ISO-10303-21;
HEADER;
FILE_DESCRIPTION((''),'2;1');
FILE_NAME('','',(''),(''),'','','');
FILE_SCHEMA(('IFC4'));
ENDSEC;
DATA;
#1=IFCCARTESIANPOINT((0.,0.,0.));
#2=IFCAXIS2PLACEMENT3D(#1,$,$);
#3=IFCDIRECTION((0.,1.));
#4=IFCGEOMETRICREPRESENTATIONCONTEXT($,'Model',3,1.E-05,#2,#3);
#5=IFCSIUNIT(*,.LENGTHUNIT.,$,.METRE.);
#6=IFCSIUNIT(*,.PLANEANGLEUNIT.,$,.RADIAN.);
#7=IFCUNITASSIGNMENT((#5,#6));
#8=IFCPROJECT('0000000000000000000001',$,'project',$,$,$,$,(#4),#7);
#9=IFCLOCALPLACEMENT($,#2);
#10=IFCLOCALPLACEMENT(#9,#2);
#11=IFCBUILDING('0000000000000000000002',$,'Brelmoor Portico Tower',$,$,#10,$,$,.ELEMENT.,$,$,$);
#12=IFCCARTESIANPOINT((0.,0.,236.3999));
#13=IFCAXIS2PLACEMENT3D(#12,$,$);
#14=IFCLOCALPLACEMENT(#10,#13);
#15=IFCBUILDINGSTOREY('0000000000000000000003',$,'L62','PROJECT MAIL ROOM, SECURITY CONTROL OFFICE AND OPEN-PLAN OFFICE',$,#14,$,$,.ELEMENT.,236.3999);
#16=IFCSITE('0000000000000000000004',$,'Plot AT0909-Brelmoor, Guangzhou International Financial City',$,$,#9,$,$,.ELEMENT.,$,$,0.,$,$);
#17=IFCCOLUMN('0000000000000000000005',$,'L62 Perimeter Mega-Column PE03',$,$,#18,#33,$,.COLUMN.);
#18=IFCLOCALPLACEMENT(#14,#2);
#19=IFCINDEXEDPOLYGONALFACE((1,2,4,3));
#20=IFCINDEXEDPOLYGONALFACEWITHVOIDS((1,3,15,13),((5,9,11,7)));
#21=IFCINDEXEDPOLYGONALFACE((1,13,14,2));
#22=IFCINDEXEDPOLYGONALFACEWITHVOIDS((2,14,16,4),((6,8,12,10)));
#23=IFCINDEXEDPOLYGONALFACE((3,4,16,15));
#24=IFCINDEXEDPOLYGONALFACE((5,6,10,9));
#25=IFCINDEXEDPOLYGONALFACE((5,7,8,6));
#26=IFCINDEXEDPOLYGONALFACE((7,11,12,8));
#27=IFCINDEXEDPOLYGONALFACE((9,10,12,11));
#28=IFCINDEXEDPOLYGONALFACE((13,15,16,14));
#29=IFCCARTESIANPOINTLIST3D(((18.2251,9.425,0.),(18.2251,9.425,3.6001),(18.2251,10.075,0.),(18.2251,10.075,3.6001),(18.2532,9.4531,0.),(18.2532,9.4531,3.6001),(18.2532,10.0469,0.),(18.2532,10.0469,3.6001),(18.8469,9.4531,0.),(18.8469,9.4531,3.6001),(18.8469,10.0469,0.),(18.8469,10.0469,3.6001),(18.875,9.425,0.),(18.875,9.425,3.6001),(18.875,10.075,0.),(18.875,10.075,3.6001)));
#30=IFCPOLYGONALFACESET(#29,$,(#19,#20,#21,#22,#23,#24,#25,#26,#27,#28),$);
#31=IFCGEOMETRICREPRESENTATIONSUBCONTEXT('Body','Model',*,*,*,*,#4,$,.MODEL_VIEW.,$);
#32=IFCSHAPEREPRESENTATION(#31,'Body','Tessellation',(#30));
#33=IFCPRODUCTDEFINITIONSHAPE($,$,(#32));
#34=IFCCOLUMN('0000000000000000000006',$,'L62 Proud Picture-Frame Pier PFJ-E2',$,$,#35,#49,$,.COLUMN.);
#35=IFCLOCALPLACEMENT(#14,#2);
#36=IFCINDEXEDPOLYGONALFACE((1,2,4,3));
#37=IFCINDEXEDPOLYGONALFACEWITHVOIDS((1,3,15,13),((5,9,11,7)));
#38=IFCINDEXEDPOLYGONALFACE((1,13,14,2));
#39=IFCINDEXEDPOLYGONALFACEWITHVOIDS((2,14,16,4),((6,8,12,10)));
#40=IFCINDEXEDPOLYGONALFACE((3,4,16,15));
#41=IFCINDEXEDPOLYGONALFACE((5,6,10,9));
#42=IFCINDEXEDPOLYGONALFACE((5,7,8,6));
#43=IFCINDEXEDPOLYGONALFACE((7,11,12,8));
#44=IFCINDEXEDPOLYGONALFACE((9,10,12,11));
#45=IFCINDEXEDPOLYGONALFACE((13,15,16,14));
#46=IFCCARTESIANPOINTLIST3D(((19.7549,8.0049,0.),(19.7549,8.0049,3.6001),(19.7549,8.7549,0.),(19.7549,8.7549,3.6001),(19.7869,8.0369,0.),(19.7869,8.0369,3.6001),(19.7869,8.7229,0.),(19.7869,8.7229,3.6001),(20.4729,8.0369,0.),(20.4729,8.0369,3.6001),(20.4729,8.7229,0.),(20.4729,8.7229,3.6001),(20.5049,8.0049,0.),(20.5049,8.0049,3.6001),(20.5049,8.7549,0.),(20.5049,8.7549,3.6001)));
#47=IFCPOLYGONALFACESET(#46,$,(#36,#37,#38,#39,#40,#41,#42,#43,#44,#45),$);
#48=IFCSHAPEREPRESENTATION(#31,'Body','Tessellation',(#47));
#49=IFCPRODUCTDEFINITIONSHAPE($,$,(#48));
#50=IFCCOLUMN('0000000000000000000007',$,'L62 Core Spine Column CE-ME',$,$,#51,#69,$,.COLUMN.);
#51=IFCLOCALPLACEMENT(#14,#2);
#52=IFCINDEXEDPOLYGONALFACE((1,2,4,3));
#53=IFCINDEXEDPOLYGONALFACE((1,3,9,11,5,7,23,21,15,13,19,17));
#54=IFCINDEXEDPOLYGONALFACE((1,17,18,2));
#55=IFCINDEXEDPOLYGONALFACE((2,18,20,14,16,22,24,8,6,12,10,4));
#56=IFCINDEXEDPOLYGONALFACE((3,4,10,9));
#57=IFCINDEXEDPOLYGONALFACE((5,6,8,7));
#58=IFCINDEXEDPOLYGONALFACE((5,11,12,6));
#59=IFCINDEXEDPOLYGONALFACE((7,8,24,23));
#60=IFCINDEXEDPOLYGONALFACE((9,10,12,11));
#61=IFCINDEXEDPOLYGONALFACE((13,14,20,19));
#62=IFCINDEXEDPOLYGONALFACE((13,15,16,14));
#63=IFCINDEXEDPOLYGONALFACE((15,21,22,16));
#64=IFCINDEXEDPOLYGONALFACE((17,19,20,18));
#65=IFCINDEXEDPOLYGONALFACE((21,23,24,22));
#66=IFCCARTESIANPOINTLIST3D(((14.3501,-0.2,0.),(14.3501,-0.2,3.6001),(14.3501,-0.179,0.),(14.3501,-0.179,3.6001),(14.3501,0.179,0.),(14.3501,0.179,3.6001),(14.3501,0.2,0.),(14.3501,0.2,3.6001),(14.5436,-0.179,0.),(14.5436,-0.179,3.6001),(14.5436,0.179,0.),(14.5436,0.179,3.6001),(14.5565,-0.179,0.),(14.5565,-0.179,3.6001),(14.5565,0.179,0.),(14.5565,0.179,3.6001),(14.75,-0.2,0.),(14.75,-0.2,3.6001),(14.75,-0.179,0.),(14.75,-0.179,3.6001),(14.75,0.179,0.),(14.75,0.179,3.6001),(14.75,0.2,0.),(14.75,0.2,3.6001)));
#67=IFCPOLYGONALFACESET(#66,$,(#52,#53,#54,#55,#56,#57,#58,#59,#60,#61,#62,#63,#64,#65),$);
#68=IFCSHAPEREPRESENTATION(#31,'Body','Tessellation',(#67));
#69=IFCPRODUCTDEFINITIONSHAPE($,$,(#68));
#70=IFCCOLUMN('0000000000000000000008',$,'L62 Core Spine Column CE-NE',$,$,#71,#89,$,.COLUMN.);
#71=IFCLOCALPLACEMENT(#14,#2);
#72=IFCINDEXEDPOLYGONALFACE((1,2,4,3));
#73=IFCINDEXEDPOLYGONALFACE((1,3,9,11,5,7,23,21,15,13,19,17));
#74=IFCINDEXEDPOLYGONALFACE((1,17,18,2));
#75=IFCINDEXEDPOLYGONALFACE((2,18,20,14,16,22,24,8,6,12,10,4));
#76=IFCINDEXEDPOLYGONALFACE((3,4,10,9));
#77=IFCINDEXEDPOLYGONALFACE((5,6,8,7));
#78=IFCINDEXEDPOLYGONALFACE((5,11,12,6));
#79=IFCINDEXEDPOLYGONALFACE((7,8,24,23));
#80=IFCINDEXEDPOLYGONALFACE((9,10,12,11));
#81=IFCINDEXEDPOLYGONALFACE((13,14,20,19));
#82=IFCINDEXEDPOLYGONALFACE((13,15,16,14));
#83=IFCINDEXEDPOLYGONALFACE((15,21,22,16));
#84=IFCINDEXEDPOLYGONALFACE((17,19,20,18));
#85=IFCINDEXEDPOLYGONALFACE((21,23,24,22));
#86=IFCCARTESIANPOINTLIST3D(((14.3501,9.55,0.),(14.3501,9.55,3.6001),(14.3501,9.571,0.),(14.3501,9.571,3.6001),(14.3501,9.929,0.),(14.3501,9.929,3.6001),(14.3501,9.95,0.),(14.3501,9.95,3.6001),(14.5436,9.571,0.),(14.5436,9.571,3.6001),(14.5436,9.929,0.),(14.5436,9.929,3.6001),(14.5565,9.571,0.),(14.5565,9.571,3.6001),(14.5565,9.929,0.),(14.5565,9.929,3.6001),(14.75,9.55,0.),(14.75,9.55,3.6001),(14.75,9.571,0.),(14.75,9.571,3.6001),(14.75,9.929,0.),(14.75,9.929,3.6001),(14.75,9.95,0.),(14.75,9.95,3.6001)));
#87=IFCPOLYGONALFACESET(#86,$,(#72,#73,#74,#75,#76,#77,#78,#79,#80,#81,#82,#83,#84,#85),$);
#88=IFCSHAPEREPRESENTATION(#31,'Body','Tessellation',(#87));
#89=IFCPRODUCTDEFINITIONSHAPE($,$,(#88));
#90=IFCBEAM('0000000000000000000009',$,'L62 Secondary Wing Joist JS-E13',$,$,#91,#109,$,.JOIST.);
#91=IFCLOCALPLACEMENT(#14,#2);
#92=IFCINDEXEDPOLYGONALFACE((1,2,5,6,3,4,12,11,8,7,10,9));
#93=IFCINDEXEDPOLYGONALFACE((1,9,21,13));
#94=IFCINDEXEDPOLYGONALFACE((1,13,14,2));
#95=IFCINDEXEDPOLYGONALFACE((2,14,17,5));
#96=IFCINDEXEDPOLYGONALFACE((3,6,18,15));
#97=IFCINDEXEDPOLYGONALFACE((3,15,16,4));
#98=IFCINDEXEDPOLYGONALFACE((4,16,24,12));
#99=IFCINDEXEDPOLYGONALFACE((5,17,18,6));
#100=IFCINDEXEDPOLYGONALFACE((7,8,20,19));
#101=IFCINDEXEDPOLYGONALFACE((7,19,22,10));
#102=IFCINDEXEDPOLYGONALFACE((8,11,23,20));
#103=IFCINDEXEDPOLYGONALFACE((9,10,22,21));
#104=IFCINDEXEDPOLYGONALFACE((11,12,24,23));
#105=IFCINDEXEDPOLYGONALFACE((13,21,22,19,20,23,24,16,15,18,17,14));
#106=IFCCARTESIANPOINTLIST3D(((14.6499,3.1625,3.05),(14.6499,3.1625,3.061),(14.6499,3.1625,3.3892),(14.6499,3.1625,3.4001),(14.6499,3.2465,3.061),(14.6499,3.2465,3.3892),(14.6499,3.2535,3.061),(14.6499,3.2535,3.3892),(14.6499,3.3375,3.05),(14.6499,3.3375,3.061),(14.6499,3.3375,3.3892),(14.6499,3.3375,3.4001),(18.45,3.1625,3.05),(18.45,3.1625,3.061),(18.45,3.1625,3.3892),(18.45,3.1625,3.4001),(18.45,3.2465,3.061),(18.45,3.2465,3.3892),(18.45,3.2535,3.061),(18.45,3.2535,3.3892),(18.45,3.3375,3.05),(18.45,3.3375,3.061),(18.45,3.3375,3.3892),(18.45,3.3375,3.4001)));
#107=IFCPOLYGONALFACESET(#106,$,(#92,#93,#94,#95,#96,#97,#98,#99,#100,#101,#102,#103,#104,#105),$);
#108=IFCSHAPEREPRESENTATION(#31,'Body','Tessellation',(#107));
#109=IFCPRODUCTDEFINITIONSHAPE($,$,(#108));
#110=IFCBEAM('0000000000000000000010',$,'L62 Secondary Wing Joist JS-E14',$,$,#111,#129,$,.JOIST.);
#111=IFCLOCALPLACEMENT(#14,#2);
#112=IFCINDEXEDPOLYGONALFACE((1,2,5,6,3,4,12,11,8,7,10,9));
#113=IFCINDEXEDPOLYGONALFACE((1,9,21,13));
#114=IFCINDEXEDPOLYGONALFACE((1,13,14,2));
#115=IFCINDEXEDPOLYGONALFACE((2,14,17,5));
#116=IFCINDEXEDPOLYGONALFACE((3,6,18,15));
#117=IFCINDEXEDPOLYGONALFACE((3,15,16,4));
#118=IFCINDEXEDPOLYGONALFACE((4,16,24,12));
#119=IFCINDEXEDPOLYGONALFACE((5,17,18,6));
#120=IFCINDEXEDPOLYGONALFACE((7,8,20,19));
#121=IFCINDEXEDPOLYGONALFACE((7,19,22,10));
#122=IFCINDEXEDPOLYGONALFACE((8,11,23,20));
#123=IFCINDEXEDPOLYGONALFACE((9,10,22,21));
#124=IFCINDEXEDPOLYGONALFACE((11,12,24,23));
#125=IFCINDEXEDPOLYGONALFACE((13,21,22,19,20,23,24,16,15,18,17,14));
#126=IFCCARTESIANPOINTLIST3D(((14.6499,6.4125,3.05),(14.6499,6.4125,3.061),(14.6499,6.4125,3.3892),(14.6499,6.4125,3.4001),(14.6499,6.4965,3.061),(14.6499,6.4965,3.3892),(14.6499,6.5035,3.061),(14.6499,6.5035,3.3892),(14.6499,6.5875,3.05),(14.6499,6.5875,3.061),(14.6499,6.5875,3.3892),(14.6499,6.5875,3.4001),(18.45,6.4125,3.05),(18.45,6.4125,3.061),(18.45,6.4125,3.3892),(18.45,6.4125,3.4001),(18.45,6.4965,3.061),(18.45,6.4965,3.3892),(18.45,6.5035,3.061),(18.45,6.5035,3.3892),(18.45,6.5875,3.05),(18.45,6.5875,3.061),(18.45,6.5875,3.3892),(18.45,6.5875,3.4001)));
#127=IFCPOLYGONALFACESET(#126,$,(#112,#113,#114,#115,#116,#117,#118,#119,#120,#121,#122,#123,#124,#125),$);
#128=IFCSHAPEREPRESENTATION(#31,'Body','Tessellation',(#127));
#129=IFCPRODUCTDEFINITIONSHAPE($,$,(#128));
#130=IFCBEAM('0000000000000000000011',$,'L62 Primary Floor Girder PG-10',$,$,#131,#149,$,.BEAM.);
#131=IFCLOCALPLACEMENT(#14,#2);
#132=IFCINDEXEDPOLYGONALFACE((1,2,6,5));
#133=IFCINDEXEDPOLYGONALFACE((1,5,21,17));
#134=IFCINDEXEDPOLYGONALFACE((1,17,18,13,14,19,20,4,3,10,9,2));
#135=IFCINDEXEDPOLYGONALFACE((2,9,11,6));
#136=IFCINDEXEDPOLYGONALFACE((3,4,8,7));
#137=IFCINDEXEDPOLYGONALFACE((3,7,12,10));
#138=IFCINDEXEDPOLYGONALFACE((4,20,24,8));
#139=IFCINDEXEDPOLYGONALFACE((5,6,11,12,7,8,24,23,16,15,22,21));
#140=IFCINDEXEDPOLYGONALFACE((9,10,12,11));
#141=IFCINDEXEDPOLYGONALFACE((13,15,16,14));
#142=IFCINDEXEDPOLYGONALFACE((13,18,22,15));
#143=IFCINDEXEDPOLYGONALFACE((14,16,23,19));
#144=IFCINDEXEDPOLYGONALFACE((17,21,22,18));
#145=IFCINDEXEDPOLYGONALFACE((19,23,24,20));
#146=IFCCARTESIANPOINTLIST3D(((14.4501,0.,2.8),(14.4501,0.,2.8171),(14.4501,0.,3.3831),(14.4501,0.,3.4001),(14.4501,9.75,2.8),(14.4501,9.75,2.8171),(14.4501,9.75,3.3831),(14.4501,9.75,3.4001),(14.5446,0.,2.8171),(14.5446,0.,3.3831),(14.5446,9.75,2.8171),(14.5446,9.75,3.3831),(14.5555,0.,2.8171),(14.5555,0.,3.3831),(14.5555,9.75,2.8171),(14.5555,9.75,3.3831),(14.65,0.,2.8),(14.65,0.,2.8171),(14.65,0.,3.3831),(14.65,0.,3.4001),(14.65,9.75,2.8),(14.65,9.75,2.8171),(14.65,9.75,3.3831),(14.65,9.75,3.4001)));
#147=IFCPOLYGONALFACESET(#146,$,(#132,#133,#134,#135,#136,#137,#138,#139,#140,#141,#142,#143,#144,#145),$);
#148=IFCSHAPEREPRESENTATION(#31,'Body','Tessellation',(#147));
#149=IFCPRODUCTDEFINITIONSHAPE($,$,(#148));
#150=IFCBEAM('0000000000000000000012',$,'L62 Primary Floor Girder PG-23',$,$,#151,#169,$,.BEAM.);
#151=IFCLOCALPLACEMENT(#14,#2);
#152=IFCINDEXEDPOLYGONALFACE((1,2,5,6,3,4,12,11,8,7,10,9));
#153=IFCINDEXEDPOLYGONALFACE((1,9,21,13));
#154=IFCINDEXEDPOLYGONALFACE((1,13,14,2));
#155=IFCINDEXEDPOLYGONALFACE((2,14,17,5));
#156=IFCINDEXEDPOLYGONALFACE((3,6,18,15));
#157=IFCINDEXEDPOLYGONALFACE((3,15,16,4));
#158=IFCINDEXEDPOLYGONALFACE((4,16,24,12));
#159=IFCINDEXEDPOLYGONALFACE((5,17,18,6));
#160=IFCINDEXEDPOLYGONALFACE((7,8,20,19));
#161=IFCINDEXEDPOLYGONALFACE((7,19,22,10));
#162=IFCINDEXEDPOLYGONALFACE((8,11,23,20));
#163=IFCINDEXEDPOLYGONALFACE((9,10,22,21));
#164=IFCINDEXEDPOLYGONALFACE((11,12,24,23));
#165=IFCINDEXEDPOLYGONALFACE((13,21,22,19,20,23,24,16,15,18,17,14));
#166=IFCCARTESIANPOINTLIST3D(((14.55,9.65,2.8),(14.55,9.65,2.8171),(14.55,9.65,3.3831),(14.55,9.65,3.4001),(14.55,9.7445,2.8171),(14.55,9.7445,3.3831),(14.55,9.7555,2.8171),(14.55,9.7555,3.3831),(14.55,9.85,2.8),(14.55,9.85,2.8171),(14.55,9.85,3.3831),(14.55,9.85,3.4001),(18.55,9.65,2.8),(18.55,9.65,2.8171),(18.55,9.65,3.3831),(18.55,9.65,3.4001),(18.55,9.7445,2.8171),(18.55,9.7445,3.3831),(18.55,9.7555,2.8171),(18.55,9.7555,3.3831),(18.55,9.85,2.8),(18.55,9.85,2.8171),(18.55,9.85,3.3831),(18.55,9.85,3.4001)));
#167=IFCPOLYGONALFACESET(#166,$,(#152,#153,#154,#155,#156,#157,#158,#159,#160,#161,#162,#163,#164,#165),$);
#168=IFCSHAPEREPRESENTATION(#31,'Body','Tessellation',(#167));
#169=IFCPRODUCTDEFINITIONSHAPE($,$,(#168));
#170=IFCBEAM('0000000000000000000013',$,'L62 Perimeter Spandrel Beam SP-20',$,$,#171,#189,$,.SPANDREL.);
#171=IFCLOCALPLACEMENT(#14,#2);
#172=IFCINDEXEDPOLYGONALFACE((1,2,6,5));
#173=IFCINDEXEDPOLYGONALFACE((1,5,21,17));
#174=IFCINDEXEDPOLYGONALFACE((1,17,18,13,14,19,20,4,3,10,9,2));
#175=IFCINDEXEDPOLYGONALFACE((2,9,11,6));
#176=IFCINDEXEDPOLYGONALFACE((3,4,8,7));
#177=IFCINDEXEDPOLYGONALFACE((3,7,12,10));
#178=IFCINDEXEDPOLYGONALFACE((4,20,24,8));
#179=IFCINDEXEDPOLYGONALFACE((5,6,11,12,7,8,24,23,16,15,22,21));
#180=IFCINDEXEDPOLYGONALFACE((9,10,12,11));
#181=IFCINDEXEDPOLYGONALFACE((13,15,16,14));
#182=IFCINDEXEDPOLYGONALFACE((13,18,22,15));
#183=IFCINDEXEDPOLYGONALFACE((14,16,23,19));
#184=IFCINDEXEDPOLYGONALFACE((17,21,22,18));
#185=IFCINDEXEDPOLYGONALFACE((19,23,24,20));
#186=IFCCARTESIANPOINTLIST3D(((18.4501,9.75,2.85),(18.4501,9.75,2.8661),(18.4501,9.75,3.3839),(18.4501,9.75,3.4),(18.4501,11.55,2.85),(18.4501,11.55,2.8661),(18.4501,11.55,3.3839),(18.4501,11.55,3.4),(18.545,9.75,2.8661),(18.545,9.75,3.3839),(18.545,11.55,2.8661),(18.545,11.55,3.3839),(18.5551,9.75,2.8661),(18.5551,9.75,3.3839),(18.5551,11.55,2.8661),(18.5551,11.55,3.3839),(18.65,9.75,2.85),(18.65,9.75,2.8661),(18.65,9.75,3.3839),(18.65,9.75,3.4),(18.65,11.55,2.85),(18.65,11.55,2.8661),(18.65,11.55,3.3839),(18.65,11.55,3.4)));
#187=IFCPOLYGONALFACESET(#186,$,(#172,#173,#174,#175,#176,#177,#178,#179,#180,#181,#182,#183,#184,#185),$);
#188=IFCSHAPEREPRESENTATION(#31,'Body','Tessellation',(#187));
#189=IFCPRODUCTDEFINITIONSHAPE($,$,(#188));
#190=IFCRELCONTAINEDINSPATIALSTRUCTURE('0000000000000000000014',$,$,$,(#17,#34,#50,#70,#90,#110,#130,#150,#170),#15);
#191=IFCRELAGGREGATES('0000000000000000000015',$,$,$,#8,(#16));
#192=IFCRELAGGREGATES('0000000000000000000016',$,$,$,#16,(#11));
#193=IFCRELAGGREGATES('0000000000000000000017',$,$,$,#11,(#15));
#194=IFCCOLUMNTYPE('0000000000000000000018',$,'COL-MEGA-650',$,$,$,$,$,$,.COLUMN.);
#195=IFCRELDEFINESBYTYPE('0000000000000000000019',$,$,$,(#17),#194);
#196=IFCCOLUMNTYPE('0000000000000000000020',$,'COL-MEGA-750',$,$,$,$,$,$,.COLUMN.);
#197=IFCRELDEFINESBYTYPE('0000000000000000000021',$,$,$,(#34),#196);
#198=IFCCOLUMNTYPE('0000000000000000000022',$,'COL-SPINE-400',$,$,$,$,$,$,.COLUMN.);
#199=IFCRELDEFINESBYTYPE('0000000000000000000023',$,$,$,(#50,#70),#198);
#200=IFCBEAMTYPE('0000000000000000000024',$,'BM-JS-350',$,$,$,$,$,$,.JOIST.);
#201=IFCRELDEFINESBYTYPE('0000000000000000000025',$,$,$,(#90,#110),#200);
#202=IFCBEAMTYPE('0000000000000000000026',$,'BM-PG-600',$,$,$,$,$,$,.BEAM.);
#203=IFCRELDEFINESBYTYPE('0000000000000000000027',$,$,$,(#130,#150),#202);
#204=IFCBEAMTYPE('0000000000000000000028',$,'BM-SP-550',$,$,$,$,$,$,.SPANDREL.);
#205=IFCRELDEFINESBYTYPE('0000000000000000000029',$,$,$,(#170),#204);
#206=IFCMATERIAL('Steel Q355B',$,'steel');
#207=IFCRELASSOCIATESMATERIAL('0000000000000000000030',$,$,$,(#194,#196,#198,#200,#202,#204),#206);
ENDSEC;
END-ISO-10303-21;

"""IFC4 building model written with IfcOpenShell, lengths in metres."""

from ifc_helpers import new_model, si_unit, direction, frame, origin, origin_2d, place, context, subcontext, project, spatial, hollow_rectangle, i_section, extrude, material, material_profile, profile_set, type_object, element, save


model = new_model("IFC4")

# Units and contexts
model_context = context("Model", 3, precision=1e-05, world=origin(), true_north=direction((0.0, 1.0)))
body_context = subcontext(model_context, "Body", "Model", "MODEL_VIEW")
ifc_project = project(units=[si_unit("LENGTHUNIT", "METRE"), si_unit("PLANEANGLEUNIT", "RADIAN")], contexts=[model_context])

# Site, building, storey
site_placement = place(None, origin())
site = spatial("IfcSite", under=ifc_project, at=site_placement, Name="Plot AT0909-Brelmoor, Guangzhou International Financial City", CompositionType="ELEMENT", RefElevation=0.0)
building_placement = place(site_placement, origin())
building = spatial("IfcBuilding", under=site, at=building_placement, Name="Brelmoor Portico Tower", CompositionType="ELEMENT")
storey_placement = place(building_placement, frame((0.0, 0.0, 236.3999)))
storey = spatial("IfcBuildingStorey", under=building, at=storey_placement, Name="L62", Description="PROJECT MAIL ROOM, SECURITY CONTROL OFFICE AND OPEN-PLAN OFFICE", CompositionType="ELEMENT", Elevation=236.3999)

# Columns
ifc_material_1 = material(Name="Steel Q355B", Category="steel")
ifc_material_profile_1 = material_profile(ifc_material_1, hollow_rectangle(XDim=0.6499, YDim=0.6499, WallThickness=0.0281, at=origin_2d()), Name="BOX 650x650x28")
ifc_profile_set_1 = profile_set([ifc_material_profile_1], Name="Steel Q355B")
column_type_1 = type_object("IfcColumnType", Name="COL-MEGA-650", PredefinedType="COLUMN", material=ifc_profile_set_1)
column_1_placement = place(storey_placement, frame((18.55, 9.75, 0.0), z_axis=(0.0, 0.0, 1.0), x_axis=(0.0, 1.0, 0.0)))
element("IfcColumn", 1, at=column_1_placement, inside=storey, type_object=column_type_1, Name="L62 Perimeter Mega-Column PE03", PredefinedType="COLUMN", context=body_context, shape_type="SweptSolid", body=[
    extrude(hollow_rectangle(XDim=0.6499, YDim=0.6499, WallThickness=0.0281, at=origin_2d()), origin(), (0.0, 0.0, 1.0), 3.6001),
])
ifc_material_profile_2 = material_profile(ifc_material_1, hollow_rectangle(XDim=0.75, YDim=0.75, WallThickness=0.032, at=origin_2d()), Name="BOX 750x750x32")
ifc_profile_set_2 = profile_set([ifc_material_profile_2], Name="Steel Q355B")
column_type_2 = type_object("IfcColumnType", Name="COL-MEGA-750", PredefinedType="COLUMN", material=ifc_profile_set_2)
column_2_placement = place(storey_placement, frame((20.1299, 8.3799, 0.0), z_axis=(0.0, 0.0, 1.0), x_axis=(0.0, 1.0, 0.0)))
element("IfcColumn", 2, at=column_2_placement, inside=storey, type_object=column_type_2, Name="L62 Proud Picture-Frame Pier PFJ-E2", PredefinedType="COLUMN", context=body_context, shape_type="SweptSolid", body=[
    extrude(hollow_rectangle(XDim=0.75, YDim=0.75, WallThickness=0.032, at=origin_2d()), origin(), (0.0, 0.0, 1.0), 3.6001),
])
ifc_material_profile_3 = material_profile(ifc_material_1, i_section(OverallWidth=0.3999, OverallDepth=0.3999, WebThickness=0.0129, FlangeThickness=0.021, at=origin_2d()), Name="HW 400x400x13x21")
ifc_profile_set_3 = profile_set([ifc_material_profile_3], Name="Steel Q355B")
column_type_3 = type_object("IfcColumnType", Name="COL-SPINE-400", PredefinedType="COLUMN", material=ifc_profile_set_3)
for number, where, z_axis, x_axis, name in (
    (3, (14.55, 0.0, 0.0), (0.0, 0.0, 1.0), (1.0, 0.0, 0.0), "L62 Core Spine Column CE-ME"),
    (4, (14.55, 9.75, 0.0), (0.0, 0.0, 1.0), (1.0, 0.0, 0.0), "L62 Core Spine Column CE-NE"),
):
    element("IfcColumn", number, at=place(storey_placement, frame(where, z_axis=z_axis, x_axis=x_axis)), inside=storey, type_object=column_type_3, Name=name, PredefinedType="COLUMN", context=body_context, shape_type="SweptSolid", body=[
        extrude(i_section(OverallWidth=0.3999, OverallDepth=0.3999, WebThickness=0.0129, FlangeThickness=0.021, at=origin_2d()), origin(), (0.0, 0.0, 1.0), 3.6001),
    ])

# Beams
ifc_material_profile_4 = material_profile(ifc_material_1, i_section(OverallWidth=0.175, OverallDepth=0.3501, WebThickness=0.0071, FlangeThickness=0.011, at=origin_2d()), Name="HN 350x175x7x11")
ifc_profile_set_4 = profile_set([ifc_material_profile_4], Name="Steel Q355B")
beam_type_1 = type_object("IfcBeamType", Name="BM-JS-350", PredefinedType="JOIST", material=ifc_profile_set_4)
for number, where, z_axis, x_axis, name in (
    (5, (14.6499, 3.25, 3.2251), (1.0, 0.0, 0.0), (0.0, 1.0, 0.0), "L62 Secondary Wing Joist JS-E13"),
    (6, (14.6499, 6.5, 3.2251), (1.0, 0.0, 0.0), (0.0, 1.0, 0.0), "L62 Secondary Wing Joist JS-E14"),
):
    element("IfcBeam", number, at=place(storey_placement, frame(where, z_axis=z_axis, x_axis=x_axis)), inside=storey, type_object=beam_type_1, Name=name, PredefinedType="JOIST", context=body_context, shape_type="SweptSolid", body=[
        extrude(i_section(OverallWidth=0.175, OverallDepth=0.3501, WebThickness=0.0071, FlangeThickness=0.011, at=origin_2d()), origin(), (0.0, 0.0, 1.0), 3.8),
    ])
ifc_material_profile_5 = material_profile(ifc_material_1, i_section(OverallWidth=0.2, OverallDepth=0.6001, WebThickness=0.011, FlangeThickness=0.0171, at=origin_2d()), Name="HN 600x200x11x17")
ifc_profile_set_5 = profile_set([ifc_material_profile_5], Name="Steel Q355B")
beam_type_2 = type_object("IfcBeamType", Name="BM-PG-600", PredefinedType="BEAM", material=ifc_profile_set_5)
beam_1_placement = place(storey_placement, frame((14.55, 0.0, 3.1001), z_axis=(0.0, 1.0, 0.0), x_axis=(-1.0, 0.0, 0.0)))
element("IfcBeam", 7, at=beam_1_placement, inside=storey, type_object=beam_type_2, Name="L62 Primary Floor Girder PG-10", PredefinedType="BEAM", context=body_context, shape_type="SweptSolid", body=[
    extrude(i_section(OverallWidth=0.2, OverallDepth=0.6001, WebThickness=0.011, FlangeThickness=0.0171, at=origin_2d()), origin(), (0.0, 0.0, 1.0), 9.75),
])
beam_2_placement = place(storey_placement, frame((14.55, 9.75, 3.1001), z_axis=(1.0, 0.0, 0.0), x_axis=(0.0, 1.0, 0.0)))
element("IfcBeam", 8, at=beam_2_placement, inside=storey, type_object=beam_type_2, Name="L62 Primary Floor Girder PG-23", PredefinedType="BEAM", context=body_context, shape_type="SweptSolid", body=[
    extrude(i_section(OverallWidth=0.2, OverallDepth=0.6001, WebThickness=0.011, FlangeThickness=0.0171, at=origin_2d()), origin(), (0.0, 0.0, 1.0), 4.0),
])
ifc_material_profile_6 = material_profile(ifc_material_1, i_section(OverallWidth=0.2, OverallDepth=0.55, WebThickness=0.01, FlangeThickness=0.0161, at=origin_2d()), Name="HN 550x200x10x16")
ifc_profile_set_6 = profile_set([ifc_material_profile_6], Name="Steel Q355B")
beam_type_3 = type_object("IfcBeamType", Name="BM-SP-550", PredefinedType="SPANDREL", material=ifc_profile_set_6)
beam_3_placement = place(storey_placement, frame((18.55, 9.75, 3.125), z_axis=(0.0, 1.0, 0.0), x_axis=(-1.0, 0.0, 0.0)))
element("IfcBeam", 9, at=beam_3_placement, inside=storey, type_object=beam_type_3, Name="L62 Perimeter Spandrel Beam SP-20", PredefinedType="SPANDREL", context=body_context, shape_type="SweptSolid", body=[
    extrude(i_section(OverallWidth=0.2, OverallDepth=0.55, WebThickness=0.01, FlangeThickness=0.0161, at=origin_2d()), origin(), (0.0, 0.0, 1.0), 1.8),
])

save(model, "model.ifc")
